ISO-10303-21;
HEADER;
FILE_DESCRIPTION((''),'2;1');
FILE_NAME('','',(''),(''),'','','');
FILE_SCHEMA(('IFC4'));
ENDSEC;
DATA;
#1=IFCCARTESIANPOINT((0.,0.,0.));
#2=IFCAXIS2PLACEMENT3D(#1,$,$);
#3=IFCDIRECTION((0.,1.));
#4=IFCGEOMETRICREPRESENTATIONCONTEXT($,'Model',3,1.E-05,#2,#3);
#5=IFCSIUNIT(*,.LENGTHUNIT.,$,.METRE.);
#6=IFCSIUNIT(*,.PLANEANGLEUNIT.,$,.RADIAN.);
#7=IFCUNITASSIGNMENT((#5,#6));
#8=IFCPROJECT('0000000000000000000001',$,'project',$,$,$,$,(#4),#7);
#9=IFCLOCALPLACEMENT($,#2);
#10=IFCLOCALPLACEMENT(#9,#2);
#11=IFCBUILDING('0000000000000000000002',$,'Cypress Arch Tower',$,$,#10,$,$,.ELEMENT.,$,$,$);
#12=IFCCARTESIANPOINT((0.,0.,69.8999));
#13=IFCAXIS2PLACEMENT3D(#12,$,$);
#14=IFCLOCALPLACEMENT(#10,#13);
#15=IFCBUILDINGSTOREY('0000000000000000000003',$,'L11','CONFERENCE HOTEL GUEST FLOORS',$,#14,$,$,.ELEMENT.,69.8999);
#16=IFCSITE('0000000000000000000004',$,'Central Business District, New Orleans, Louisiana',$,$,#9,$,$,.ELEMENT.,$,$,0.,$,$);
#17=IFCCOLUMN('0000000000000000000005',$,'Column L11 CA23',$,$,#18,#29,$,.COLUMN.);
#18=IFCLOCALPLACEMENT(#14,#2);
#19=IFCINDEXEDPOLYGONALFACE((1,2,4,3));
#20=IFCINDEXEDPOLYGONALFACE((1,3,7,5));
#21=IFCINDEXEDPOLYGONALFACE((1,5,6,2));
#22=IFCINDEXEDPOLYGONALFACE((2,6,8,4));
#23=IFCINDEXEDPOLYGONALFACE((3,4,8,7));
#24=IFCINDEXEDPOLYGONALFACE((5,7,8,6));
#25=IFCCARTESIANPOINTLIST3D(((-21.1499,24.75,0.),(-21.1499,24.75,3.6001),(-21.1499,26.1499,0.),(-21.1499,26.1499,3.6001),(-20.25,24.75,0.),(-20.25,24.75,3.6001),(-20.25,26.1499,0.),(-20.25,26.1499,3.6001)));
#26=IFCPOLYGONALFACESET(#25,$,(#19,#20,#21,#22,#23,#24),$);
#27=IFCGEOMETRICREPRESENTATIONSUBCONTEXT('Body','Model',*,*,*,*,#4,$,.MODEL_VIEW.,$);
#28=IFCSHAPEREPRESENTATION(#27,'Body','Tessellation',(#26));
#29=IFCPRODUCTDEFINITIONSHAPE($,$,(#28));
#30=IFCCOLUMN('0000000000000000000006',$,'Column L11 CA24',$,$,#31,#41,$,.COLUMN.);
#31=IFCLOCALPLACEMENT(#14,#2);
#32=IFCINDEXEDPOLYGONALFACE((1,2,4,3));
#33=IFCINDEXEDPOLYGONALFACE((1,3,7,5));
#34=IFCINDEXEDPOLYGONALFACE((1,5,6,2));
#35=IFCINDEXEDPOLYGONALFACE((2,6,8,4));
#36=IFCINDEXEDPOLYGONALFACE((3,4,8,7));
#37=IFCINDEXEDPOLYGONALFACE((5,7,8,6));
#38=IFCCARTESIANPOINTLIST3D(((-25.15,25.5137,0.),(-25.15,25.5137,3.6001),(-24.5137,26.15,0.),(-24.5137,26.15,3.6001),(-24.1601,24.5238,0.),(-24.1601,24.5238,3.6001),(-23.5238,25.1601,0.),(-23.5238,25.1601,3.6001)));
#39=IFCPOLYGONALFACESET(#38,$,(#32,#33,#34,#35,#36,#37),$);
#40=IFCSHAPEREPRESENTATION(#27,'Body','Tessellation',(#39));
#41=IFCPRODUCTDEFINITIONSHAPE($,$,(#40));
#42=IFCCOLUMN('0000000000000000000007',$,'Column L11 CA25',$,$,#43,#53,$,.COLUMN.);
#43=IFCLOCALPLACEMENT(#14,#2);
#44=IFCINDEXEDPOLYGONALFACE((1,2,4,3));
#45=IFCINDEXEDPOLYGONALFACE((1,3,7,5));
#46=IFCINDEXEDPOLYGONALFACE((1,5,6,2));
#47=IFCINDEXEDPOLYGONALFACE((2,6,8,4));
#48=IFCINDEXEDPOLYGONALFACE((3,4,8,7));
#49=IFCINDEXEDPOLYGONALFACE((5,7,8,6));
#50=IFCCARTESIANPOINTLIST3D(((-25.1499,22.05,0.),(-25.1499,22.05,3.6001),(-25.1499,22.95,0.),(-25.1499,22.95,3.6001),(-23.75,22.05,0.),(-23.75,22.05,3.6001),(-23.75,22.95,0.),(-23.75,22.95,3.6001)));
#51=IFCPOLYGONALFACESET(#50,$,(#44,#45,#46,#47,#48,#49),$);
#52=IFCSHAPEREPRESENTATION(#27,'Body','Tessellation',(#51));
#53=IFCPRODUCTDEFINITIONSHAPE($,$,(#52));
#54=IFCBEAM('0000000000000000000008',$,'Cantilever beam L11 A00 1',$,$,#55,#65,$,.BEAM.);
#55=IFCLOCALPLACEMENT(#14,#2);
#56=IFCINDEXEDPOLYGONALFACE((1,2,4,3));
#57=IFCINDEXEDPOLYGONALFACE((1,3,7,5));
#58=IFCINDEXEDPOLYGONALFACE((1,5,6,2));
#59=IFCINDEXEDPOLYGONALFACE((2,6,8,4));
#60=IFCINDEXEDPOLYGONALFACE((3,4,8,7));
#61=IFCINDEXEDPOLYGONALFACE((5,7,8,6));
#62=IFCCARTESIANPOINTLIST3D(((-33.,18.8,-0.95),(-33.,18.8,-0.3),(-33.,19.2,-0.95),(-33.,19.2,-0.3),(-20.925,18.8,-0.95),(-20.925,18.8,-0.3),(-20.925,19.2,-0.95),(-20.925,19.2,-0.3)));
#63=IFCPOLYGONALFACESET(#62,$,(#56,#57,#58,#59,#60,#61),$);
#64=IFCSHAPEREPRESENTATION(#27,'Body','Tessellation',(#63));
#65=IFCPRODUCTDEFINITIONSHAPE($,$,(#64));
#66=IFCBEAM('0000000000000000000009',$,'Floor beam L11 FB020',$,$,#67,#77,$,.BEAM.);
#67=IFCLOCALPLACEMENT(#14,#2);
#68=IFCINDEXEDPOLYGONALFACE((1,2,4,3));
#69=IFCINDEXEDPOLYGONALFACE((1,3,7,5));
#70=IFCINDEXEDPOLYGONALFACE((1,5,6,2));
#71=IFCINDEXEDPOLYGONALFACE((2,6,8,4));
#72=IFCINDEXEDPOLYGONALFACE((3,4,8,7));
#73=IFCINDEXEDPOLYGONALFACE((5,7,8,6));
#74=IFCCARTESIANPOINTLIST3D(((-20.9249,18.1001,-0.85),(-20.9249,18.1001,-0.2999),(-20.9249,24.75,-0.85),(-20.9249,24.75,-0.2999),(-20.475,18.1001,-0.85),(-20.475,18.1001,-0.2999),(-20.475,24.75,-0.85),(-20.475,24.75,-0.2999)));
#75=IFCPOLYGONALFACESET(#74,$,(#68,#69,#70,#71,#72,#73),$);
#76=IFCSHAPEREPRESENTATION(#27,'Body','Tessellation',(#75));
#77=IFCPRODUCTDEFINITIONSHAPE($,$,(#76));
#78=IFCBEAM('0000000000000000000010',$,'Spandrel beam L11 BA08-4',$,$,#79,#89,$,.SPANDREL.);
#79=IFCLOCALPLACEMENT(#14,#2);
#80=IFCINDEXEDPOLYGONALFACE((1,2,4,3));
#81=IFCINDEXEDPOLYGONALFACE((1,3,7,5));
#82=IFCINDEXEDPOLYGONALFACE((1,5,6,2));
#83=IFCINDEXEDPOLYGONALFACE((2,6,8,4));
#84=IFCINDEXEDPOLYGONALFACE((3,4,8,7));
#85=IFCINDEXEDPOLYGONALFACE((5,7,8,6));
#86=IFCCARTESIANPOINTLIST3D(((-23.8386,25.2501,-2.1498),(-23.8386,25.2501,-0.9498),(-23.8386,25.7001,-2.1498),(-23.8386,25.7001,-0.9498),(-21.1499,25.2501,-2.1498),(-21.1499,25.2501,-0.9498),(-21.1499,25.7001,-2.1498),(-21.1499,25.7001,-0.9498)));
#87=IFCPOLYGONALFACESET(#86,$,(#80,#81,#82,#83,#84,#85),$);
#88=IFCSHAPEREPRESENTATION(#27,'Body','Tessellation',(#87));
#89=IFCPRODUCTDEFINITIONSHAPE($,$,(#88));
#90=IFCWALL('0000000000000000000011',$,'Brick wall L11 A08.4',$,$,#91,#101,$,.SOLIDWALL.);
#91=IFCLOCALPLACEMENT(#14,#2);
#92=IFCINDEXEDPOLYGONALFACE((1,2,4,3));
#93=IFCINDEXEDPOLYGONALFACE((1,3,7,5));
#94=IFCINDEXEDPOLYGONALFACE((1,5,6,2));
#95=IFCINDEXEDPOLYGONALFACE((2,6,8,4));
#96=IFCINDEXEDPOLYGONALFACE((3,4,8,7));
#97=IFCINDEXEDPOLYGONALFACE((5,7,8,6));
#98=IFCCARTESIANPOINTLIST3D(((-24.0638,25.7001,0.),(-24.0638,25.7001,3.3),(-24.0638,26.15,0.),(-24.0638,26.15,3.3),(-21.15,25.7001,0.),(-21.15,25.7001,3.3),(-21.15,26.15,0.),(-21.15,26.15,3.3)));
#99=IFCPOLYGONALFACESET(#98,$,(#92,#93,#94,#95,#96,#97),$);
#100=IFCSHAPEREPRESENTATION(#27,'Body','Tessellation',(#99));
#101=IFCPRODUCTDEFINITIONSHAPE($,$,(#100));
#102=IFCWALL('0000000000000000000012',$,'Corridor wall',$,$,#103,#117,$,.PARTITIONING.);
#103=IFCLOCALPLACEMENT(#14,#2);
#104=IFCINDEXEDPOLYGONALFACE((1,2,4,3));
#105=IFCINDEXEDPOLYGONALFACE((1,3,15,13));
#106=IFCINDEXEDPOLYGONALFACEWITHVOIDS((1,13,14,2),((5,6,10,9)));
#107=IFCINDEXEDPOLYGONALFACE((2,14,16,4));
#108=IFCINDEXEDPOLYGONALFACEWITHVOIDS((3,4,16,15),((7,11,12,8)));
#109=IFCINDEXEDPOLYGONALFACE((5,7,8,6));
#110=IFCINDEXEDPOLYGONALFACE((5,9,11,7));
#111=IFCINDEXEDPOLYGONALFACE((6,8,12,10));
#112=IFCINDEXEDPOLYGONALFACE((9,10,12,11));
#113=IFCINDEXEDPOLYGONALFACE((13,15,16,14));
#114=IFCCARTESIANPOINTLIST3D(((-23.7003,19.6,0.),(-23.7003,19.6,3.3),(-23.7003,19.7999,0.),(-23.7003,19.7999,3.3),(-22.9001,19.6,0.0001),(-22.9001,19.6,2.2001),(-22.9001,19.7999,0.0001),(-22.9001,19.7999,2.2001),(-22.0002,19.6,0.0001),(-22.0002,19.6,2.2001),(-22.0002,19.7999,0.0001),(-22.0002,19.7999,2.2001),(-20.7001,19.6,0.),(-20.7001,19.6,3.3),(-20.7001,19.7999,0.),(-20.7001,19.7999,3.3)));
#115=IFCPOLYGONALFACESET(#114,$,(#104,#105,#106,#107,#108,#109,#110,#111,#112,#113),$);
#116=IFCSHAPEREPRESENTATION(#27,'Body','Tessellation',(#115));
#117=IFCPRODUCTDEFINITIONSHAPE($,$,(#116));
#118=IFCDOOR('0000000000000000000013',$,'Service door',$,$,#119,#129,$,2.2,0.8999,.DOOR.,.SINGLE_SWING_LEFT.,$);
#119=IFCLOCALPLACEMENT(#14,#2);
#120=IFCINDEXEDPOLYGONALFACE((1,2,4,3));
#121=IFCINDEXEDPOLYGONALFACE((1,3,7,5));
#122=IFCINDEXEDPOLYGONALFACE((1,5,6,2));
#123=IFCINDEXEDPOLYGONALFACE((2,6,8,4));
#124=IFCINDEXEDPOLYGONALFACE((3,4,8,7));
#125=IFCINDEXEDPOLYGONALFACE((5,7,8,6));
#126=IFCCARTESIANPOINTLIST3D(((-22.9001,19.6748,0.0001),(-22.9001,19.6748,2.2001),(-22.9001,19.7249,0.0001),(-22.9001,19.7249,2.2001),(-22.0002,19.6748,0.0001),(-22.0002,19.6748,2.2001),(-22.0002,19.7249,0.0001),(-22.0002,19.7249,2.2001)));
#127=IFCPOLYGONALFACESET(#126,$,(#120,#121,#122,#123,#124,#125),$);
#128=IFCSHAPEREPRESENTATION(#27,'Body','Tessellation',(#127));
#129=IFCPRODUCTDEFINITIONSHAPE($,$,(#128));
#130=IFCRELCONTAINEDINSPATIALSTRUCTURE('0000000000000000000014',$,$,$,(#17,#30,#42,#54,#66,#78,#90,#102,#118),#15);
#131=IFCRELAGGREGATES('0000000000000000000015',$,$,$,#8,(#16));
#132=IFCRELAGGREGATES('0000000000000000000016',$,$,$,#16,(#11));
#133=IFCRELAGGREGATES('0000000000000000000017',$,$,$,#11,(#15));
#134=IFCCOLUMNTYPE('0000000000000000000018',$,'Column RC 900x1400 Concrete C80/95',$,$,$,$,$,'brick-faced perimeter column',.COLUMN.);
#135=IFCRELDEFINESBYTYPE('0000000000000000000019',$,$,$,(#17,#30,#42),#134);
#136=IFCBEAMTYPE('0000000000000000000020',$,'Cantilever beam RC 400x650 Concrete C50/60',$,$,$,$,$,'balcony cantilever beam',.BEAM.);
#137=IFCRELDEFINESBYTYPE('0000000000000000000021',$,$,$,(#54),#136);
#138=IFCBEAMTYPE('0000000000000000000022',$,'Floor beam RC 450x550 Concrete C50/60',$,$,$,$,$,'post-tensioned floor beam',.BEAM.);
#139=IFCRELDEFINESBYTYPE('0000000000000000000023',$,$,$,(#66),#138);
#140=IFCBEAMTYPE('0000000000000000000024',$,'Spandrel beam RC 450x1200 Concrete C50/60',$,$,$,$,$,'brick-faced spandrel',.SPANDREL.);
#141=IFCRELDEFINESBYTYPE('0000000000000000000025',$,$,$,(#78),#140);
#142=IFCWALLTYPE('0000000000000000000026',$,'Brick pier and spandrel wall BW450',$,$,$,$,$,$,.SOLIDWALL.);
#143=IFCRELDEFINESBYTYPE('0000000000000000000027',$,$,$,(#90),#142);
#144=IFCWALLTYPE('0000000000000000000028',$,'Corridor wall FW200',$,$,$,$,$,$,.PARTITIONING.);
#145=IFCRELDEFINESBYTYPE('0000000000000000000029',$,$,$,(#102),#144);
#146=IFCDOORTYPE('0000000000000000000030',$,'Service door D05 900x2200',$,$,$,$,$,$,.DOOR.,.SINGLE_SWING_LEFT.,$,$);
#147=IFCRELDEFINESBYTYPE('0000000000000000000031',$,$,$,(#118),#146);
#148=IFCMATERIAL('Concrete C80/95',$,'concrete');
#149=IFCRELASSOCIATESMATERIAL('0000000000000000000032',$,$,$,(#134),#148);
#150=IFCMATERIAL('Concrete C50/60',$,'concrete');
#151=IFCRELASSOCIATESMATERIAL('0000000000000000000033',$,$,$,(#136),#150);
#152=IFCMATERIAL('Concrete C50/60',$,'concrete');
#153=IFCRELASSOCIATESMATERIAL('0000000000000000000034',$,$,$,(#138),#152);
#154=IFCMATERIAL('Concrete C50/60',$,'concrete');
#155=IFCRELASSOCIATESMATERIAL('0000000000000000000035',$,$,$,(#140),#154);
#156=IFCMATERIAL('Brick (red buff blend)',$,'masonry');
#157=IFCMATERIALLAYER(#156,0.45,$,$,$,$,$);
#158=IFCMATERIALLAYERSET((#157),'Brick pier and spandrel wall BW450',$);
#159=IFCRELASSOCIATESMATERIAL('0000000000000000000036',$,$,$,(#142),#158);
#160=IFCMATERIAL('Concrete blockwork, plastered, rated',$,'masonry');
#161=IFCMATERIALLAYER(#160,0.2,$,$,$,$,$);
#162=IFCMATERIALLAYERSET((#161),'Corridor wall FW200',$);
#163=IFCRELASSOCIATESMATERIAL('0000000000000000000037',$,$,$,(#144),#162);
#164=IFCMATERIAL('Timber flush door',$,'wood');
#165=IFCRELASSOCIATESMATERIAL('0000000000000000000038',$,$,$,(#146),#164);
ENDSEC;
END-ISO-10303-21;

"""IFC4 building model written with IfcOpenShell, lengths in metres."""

from ifc_helpers import new_model, si_unit, direction, frame, frame_2d, origin, origin_2d, place, context, subcontext, project, spatial, rectangle, extrude, material, layer, layer_set, material_profile, profile_set, type_object, element, fill, save


model = new_model("IFC4")

# Units and contexts
model_context = context("Model", 3, precision=1e-05, world=origin(), true_north=direction((0.0, 1.0)))
body_context = subcontext(model_context, "Body", "Model", "MODEL_VIEW")
ifc_project = project(units=[si_unit("LENGTHUNIT", "METRE"), si_unit("PLANEANGLEUNIT", "RADIAN")], contexts=[model_context])

# Site, building, storey
site_placement = place(None, origin())
site = spatial("IfcSite", under=ifc_project, at=site_placement, Name="Central Business District, New Orleans, Louisiana", CompositionType="ELEMENT", RefElevation=0.0)
building_placement = place(site_placement, origin())
building = spatial("IfcBuilding", under=site, at=building_placement, Name="Cypress Arch Tower", CompositionType="ELEMENT")
storey_placement = place(building_placement, frame((0.0, 0.0, 69.8999)))
storey = spatial("IfcBuildingStorey", under=building, at=storey_placement, Name="L11", Description="CONFERENCE HOTEL GUEST FLOORS", CompositionType="ELEMENT", Elevation=69.8999)

# Columns
ifc_material_1 = material(Name="Concrete C80/95", Category="concrete")
ifc_material_profile_1 = material_profile(ifc_material_1, rectangle(XDim=0.8999, YDim=1.3999, at=origin_2d()), Name="RC 900x1400")
ifc_profile_set_1 = profile_set([ifc_material_profile_1], Name="Concrete C80/95")
column_type = type_object("IfcColumnType", Name="Column RC 900x1400 Concrete C80/95", ElementType="brick-faced perimeter column", PredefinedType="COLUMN", material=ifc_profile_set_1)
for number, where, z_axis, x_axis, name in (
    (1, (-20.7, 25.45, 0.0), (0.0, 0.0, 1.0), (-1.0, 0.0, 0.0), "Column L11 CA23"),
    (2, (-24.3369, 25.3369, 0.0), (0.0, 0.0, 1.0), (-0.707107, -0.707107, 0.0), "Column L11 CA24"),
    (3, (-24.45, 22.5, 0.0), (0.0, 0.0, 1.0), (0.0, -1.0, 0.0), "Column L11 CA25"),
):
    element("IfcColumn", number, at=place(storey_placement, frame(where, z_axis=z_axis, x_axis=x_axis)), inside=storey, type_object=column_type, Name=name, PredefinedType="COLUMN", context=body_context, shape_type="SweptSolid", body=[
        extrude(rectangle(XDim=0.8999, YDim=1.3999, at=origin_2d()), origin(), (0.0, 0.0, 1.0), 3.6001),
    ])

# Beams
ifc_material_2 = material(Name="Concrete C50/60", Category="concrete")
ifc_material_profile_2 = material_profile(ifc_material_2, rectangle(XDim=0.3999, YDim=0.6499, at=origin_2d()), Name="RC 400x650")
ifc_profile_set_2 = profile_set([ifc_material_profile_2], Name="Concrete C50/60")
beam_type_1 = type_object("IfcBeamType", Name="Cantilever beam RC 400x650 Concrete C50/60", ElementType="balcony cantilever beam", PredefinedType="BEAM", material=ifc_profile_set_2)
beam_1_placement = place(storey_placement, frame((-20.925, 19.0, -0.625), z_axis=(-1.0, 0.0, 0.0), x_axis=(0.0, -1.0, 0.0)))
element("IfcBeam", 4, at=beam_1_placement, inside=storey, type_object=beam_type_1, Name="Cantilever beam L11 A00 1", PredefinedType="BEAM", context=body_context, shape_type="SweptSolid", body=[
    extrude(rectangle(XDim=0.3999, YDim=0.6499, at=origin_2d()), origin(), (0.0, 0.0, 1.0), 12.075),
])
ifc_material_3 = material(Name="Concrete C50/60", Category="concrete")
ifc_material_profile_3 = material_profile(ifc_material_3, rectangle(XDim=0.45, YDim=0.55, at=origin_2d()), Name="RC 450x550")
ifc_profile_set_3 = profile_set([ifc_material_profile_3], Name="Concrete C50/60")
beam_type_2 = type_object("IfcBeamType", Name="Floor beam RC 450x550 Concrete C50/60", ElementType="post-tensioned floor beam", PredefinedType="BEAM", material=ifc_profile_set_3)
beam_2_placement = place(storey_placement, frame((-20.7, 18.1001, -0.575), z_axis=(0.0, 1.0, 0.0), x_axis=(-1.0, 0.0, 0.0)))
element("IfcBeam", 5, at=beam_2_placement, inside=storey, type_object=beam_type_2, Name="Floor beam L11 FB020", PredefinedType="BEAM", context=body_context, shape_type="SweptSolid", body=[
    extrude(rectangle(XDim=0.45, YDim=0.55, at=origin_2d()), origin(), (0.0, 0.0, 1.0), 6.6499),
])
ifc_material_4 = material(Name="Concrete C50/60", Category="concrete")
ifc_material_profile_4 = material_profile(ifc_material_4, rectangle(XDim=0.45, YDim=1.2, at=origin_2d()), Name="RC 450x1200")
ifc_profile_set_4 = profile_set([ifc_material_profile_4], Name="Concrete C50/60")
beam_type_3 = type_object("IfcBeamType", Name="Spandrel beam RC 450x1200 Concrete C50/60", ElementType="brick-faced spandrel", PredefinedType="SPANDREL", material=ifc_profile_set_4)
beam_3_placement = place(storey_placement, frame((-21.1499, 25.4751, -1.5498), z_axis=(-1.0, 0.0, 0.0), x_axis=(0.0, -1.0, 0.0)))
element("IfcBeam", 6, at=beam_3_placement, inside=storey, type_object=beam_type_3, Name="Spandrel beam L11 BA08-4", PredefinedType="SPANDREL", context=body_context, shape_type="SweptSolid", body=[
    extrude(rectangle(XDim=0.45, YDim=1.2, at=origin_2d()), origin(), (0.0, 0.0, 1.0), 2.6887),
])

# Wall
ifc_material_5 = material(Name="Brick (red buff blend)", Category="masonry")
ifc_layer_1 = layer(ifc_material_5, 0.45)
ifc_layer_set_1 = layer_set([ifc_layer_1], Name="Brick pier and spandrel wall BW450")
wall_type_1 = type_object("IfcWallType", Name="Brick pier and spandrel wall BW450", PredefinedType="SOLIDWALL", material=ifc_layer_set_1)
wall_1_placement = place(storey_placement, frame((-21.1499, 25.925, 0.0), z_axis=(0.0, 0.0, 1.0), x_axis=(-1.0, 0.0, 0.0)))
element("IfcWall", 7, at=wall_1_placement, inside=storey, type_object=wall_type_1, Name="Brick wall L11 A08.4", PredefinedType="SOLIDWALL", context=body_context, shape_type="SweptSolid", body=[
    extrude(rectangle(XDim=2.9138, YDim=0.45, at=frame_2d((1.457, 0.0))), origin(), (0.0, 0.0, 1.0), 3.3),
])

# Wall, opening, door
ifc_material_6 = material(Name="Concrete blockwork, plastered, rated", Category="masonry")
ifc_layer_2 = layer(ifc_material_6, 0.2)
ifc_layer_set_2 = layer_set([ifc_layer_2], Name="Corridor wall FW200")
wall_type_2 = type_object("IfcWallType", Name="Corridor wall FW200", PredefinedType="PARTITIONING", material=ifc_layer_set_2)
wall_2_placement = place(storey_placement, frame((-23.7002, 19.7, 0.0), z_axis=(0.0, 0.0, 1.0), x_axis=(1.0, 0.0, 0.0)))
wall_2 = element("IfcWall", 8, at=wall_2_placement, inside=storey, type_object=wall_type_2, Name="Corridor wall", PredefinedType="PARTITIONING", context=body_context, shape_type="SweptSolid", body=[
    extrude(rectangle(XDim=3.0002, YDim=0.2, at=frame_2d((1.5, 0.0))), origin(), (0.0, 0.0, 1.0), 3.3),
])
opening_1_placement = place(wall_2_placement, frame((0.8, 0.0, 0.0)))
opening_1 = element("IfcOpeningElement", 9, at=opening_1_placement, cuts=wall_2, PredefinedType="OPENING", context=body_context, shape_type="SweptSolid", body=[
    extrude(rectangle(XDim=0.8999, YDim=2.2, at=frame_2d((0.45, 1.1001))), frame((0.0, 0.1099, 0.0), z_axis=(0.0, -1.0, 0.0), x_axis=(1.0, 0.0, 0.0)), (0.0, 0.0, 1.0), 0.22),
])
ifc_material_7 = material(Name="Timber flush door", Category="wood")
door_type_1 = type_object("IfcDoorType", Name="Service door D05 900x2200", OperationType="SINGLE_SWING_LEFT", PredefinedType="DOOR", material=ifc_material_7)
door_1_placement = place(opening_1_placement, origin())
door_1 = element("IfcDoor", 10, at=door_1_placement, inside=storey, type_object=door_type_1, Name="Service door", OperationType="SINGLE_SWING_LEFT", OverallHeight=2.2, OverallWidth=0.8999, PredefinedType="DOOR", context=body_context, shape_type="SweptSolid", body=[
    extrude(rectangle(XDim=0.8999, YDim=2.2, at=frame_2d((0.45, 1.1001))), frame((0.0, 0.0249, 0.0), z_axis=(0.0, -1.0, 0.0), x_axis=(1.0, 0.0, 0.0)), (0.0, 0.0, 1.0), 0.05),
])
fill(opening_1, door_1)

save(model, "model.ifc")
